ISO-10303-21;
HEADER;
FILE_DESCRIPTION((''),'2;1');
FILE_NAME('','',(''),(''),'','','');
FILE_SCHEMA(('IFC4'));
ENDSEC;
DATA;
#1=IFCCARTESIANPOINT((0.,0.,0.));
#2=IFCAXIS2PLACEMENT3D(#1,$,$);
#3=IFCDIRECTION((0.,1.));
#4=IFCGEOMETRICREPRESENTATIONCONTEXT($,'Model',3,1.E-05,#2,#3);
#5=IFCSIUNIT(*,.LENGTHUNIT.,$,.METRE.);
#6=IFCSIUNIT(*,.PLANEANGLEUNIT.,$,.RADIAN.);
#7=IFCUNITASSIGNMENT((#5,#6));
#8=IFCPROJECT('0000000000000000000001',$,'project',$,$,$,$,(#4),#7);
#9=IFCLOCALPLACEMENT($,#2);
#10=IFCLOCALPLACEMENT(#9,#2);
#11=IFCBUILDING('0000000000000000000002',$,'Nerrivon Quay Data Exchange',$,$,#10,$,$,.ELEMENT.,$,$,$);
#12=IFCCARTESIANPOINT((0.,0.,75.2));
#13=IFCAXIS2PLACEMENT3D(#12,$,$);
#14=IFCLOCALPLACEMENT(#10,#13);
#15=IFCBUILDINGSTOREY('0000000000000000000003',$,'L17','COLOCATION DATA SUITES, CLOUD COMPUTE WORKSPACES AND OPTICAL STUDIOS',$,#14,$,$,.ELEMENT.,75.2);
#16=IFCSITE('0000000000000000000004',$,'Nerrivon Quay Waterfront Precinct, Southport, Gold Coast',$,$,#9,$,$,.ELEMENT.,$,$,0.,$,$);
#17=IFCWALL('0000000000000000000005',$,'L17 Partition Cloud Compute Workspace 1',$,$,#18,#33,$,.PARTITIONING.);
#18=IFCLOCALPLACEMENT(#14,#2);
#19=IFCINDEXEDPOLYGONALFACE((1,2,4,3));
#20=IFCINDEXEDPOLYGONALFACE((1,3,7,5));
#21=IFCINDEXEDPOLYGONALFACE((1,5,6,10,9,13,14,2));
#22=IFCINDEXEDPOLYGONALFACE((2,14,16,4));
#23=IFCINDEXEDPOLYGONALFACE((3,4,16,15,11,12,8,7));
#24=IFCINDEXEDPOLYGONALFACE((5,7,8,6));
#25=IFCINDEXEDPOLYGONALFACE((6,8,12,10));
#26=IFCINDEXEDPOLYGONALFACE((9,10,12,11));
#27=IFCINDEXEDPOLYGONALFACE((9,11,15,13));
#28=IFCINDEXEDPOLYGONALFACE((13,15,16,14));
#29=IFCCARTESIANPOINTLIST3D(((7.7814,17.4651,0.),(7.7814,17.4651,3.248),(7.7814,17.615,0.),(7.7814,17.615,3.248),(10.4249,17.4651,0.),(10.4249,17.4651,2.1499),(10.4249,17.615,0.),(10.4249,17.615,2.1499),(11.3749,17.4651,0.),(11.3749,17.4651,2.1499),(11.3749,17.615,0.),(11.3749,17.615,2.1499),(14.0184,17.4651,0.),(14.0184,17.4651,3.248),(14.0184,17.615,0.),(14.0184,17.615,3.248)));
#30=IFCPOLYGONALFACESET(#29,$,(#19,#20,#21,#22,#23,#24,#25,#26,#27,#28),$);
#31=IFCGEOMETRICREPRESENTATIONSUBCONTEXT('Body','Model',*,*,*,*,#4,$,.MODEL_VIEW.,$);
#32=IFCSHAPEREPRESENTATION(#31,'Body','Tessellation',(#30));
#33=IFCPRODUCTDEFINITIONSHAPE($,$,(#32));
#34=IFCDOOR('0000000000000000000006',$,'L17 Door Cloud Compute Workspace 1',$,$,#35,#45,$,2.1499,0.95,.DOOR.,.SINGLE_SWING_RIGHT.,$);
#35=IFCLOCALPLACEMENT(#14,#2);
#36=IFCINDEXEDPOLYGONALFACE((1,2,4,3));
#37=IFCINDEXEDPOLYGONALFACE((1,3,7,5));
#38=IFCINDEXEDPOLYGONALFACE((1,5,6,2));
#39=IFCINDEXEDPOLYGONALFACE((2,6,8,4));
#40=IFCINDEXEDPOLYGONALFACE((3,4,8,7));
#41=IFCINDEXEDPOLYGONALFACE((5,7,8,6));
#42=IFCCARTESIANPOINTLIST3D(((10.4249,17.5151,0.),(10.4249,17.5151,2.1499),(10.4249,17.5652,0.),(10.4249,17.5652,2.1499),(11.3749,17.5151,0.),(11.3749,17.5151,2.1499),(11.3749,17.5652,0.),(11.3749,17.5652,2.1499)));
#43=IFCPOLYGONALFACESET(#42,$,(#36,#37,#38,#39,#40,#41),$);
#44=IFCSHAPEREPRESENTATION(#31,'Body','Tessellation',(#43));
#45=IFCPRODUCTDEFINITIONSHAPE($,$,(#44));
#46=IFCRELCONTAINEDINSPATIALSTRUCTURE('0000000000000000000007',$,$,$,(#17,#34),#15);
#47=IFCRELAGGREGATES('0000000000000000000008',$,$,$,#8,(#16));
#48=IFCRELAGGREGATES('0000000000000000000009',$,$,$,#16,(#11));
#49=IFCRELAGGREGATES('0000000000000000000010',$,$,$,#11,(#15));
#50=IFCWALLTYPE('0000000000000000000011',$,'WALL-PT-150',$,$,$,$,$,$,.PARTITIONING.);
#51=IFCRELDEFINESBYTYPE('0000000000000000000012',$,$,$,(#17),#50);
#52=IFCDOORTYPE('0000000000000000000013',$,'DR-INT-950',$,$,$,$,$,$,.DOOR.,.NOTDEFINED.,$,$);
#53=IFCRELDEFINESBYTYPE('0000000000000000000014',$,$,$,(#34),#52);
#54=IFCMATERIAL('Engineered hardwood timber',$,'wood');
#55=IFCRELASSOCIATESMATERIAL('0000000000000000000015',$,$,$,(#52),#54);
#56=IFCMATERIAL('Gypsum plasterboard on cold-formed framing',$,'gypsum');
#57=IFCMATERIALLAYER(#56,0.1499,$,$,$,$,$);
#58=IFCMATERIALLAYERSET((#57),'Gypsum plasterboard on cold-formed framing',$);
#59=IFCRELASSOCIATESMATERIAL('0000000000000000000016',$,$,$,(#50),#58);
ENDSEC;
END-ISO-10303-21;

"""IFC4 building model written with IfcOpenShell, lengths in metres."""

from ifc_helpers import new_model, si_unit, direction, frame, frame_2d, origin, place, context, subcontext, project, spatial, rectangle, extrude, material, layer, layer_set, type_object, element, fill, save


model = new_model("IFC4")

# Units and contexts
model_context = context("Model", 3, precision=1e-05, world=origin(), true_north=direction((0.0, 1.0)))
body_context = subcontext(model_context, "Body", "Model", "MODEL_VIEW")
ifc_project = project(units=[si_unit("LENGTHUNIT", "METRE"), si_unit("PLANEANGLEUNIT", "RADIAN")], contexts=[model_context])

# Site, building, storey
site_placement = place(None, origin())
site = spatial("IfcSite", under=ifc_project, at=site_placement, Name="Nerrivon Quay Waterfront Precinct, Southport, Gold Coast", CompositionType="ELEMENT", RefElevation=0.0)
building_placement = place(site_placement, origin())
building = spatial("IfcBuilding", under=site, at=building_placement, Name="Nerrivon Quay Data Exchange", CompositionType="ELEMENT")
storey_placement = place(building_placement, frame((0.0, 0.0, 75.2)))
storey = spatial("IfcBuildingStorey", under=building, at=storey_placement, Name="L17", Description="COLOCATION DATA SUITES, CLOUD COMPUTE WORKSPACES AND OPTICAL STUDIOS", CompositionType="ELEMENT", Elevation=75.2)

# Shared definitions
ifc_material_1 = material(Name="Gypsum plasterboard on cold-formed framing", Category="gypsum")

# Shared definitions
ifc_material_2 = material(Name="Engineered hardwood timber", Category="wood")
door_type_1 = type_object("IfcDoorType", Name="DR-INT-950", OperationType="NOTDEFINED", PredefinedType="DOOR", material=ifc_material_2)

# Shared definitions
ifc_layer_1 = layer(ifc_material_1, 0.1499)
ifc_layer_set_1 = layer_set([ifc_layer_1], Name="Gypsum plasterboard on cold-formed framing")
wall_type_1 = type_object("IfcWallType", Name="WALL-PT-150", PredefinedType="PARTITIONING", material=ifc_layer_set_1)

# Wall, opening, door
wall_1_placement = place(storey_placement, frame((14.0186, 17.54, 0.0), z_axis=(0.0, 0.0, 1.0), x_axis=(-1.0, 0.0, 0.0)))
wall_1 = element("IfcWall", 1, at=wall_1_placement, inside=storey, type_object=wall_type_1, Name="L17 Partition Cloud Compute Workspace 1", PredefinedType="PARTITIONING", context=body_context, shape_type="SweptSolid", body=[
    extrude(rectangle(XDim=6.2371, YDim=0.1499, at=frame_2d((3.1187, 0.0))), origin(), (0.0, 0.0, 1.0), 3.248),
])
opening_1_placement = place(wall_1_placement, frame((2.6436, 0.0, 0.0)))
opening_1 = element("IfcOpeningElement", 2, at=opening_1_placement, cuts=wall_1, PredefinedType="OPENING", context=body_context, shape_type="SweptSolid", body=[
    extrude(rectangle(XDim=0.95, YDim=2.1499, at=frame_2d((0.4751, 1.075))), frame((0.0, 0.085, 0.0), z_axis=(0.0, -1.0, 0.0), x_axis=(1.0, 0.0, 0.0)), (0.0, 0.0, 1.0), 0.1699),
])
door_1_placement = place(opening_1_placement, origin())
door_1 = element("IfcDoor", 3, at=door_1_placement, inside=storey, type_object=door_type_1, Name="L17 Door Cloud Compute Workspace 1", OperationType="SINGLE_SWING_RIGHT", OverallHeight=2.1499, OverallWidth=0.95, PredefinedType="DOOR", context=body_context, shape_type="SweptSolid", body=[
    extrude(rectangle(XDim=0.95, YDim=2.1499, at=frame_2d((0.4751, 1.075))), frame((0.0, 0.0249, 0.0), z_axis=(0.0, -1.0, 0.0), x_axis=(1.0, 0.0, 0.0)), (0.0, 0.0, 1.0), 0.05),
])
fill(opening_1, door_1)

save(model, "model.ifc")
